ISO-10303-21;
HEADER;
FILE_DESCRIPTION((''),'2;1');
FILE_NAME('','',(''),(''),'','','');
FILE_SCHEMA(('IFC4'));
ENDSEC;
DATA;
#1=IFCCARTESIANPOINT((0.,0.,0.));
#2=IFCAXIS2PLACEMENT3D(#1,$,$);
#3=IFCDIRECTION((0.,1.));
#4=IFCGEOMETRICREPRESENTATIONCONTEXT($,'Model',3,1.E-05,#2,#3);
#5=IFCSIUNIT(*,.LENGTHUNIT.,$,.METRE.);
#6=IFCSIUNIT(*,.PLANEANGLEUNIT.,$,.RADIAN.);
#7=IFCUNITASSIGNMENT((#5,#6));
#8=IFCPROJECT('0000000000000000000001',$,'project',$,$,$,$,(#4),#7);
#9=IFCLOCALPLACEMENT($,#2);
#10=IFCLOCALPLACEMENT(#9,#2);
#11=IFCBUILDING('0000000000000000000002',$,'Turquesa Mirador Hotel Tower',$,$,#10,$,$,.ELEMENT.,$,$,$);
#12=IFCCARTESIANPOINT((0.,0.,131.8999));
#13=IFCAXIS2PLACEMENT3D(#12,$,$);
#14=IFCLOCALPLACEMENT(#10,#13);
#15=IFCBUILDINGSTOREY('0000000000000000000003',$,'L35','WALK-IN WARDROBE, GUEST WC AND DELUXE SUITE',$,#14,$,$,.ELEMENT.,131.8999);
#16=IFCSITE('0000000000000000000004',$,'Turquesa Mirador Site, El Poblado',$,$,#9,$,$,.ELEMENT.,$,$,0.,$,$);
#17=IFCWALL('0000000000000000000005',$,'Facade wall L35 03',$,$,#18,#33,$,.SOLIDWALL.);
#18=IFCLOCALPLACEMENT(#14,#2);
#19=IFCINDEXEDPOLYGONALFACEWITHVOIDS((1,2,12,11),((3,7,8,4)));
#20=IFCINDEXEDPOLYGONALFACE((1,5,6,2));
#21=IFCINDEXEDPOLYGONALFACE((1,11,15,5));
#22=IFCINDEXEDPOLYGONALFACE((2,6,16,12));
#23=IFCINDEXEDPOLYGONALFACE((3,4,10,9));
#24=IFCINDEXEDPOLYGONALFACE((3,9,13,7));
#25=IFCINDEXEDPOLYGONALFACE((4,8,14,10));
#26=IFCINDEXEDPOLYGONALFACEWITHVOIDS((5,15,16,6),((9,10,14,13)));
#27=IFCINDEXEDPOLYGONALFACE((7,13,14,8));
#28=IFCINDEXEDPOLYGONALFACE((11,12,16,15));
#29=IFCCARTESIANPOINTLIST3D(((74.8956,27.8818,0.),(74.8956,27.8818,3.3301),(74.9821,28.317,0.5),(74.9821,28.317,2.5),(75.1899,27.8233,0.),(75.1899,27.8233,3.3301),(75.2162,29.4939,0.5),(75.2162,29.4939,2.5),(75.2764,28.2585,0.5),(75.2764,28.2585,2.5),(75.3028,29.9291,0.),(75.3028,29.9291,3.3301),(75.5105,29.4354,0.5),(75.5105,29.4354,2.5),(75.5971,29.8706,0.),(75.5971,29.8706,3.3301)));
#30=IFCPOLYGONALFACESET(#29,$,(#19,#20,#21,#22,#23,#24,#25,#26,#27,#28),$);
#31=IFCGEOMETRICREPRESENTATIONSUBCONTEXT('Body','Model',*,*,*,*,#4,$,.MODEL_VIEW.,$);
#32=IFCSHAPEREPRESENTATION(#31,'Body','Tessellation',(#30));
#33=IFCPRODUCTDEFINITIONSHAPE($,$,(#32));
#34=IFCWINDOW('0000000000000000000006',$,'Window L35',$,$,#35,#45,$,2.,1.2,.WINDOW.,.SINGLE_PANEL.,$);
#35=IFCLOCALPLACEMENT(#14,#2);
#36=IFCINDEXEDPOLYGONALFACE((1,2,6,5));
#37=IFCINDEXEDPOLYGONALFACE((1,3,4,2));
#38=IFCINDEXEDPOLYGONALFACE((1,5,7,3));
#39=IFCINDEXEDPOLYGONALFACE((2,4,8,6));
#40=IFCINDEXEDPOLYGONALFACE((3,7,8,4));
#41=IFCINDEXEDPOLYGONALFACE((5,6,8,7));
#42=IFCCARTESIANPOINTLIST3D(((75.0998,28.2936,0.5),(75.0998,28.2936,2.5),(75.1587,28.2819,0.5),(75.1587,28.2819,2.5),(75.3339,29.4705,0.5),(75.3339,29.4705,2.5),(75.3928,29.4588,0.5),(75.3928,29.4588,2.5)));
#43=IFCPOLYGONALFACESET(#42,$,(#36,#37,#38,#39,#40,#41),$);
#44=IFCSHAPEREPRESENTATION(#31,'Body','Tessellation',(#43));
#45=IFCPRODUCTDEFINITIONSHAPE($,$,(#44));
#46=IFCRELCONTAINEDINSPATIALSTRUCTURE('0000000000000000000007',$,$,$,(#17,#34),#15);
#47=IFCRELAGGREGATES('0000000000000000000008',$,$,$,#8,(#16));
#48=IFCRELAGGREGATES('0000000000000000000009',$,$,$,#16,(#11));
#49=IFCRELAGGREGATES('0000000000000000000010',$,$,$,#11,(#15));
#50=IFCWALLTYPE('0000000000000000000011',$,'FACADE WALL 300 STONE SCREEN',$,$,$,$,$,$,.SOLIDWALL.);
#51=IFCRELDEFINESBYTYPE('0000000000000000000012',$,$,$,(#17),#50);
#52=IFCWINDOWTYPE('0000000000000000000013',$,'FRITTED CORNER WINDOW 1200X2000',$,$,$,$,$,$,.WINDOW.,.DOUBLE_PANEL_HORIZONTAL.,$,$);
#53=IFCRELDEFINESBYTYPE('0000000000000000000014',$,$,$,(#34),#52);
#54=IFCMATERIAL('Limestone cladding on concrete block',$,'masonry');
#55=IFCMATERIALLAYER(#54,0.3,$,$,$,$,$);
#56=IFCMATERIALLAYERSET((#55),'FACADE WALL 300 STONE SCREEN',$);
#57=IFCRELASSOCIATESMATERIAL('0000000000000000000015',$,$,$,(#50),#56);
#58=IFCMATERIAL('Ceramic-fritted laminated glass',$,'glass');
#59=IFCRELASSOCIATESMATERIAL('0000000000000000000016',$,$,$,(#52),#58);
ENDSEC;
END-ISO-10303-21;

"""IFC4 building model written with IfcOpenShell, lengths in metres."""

from ifc_helpers import new_model, si_unit, direction, frame, frame_2d, origin, place, context, subcontext, project, spatial, rectangle, extrude, material, layer, layer_set, type_object, element, fill, save


model = new_model("IFC4")

# Units and contexts
model_context = context("Model", 3, precision=1e-05, world=origin(), true_north=direction((0.0, 1.0)))
body_context = subcontext(model_context, "Body", "Model", "MODEL_VIEW")
ifc_project = project(units=[si_unit("LENGTHUNIT", "METRE"), si_unit("PLANEANGLEUNIT", "RADIAN")], contexts=[model_context])

# Site, building, storey
site_placement = place(None, origin())
site = spatial("IfcSite", under=ifc_project, at=site_placement, Name="Turquesa Mirador Site, El Poblado", CompositionType="ELEMENT", RefElevation=0.0)
building_placement = place(site_placement, origin())
building = spatial("IfcBuilding", under=site, at=building_placement, Name="Turquesa Mirador Hotel Tower", CompositionType="ELEMENT")
storey_placement = place(building_placement, frame((0.0, 0.0, 131.8999)))
storey = spatial("IfcBuildingStorey", under=building, at=storey_placement, Name="L35", Description="WALK-IN WARDROBE, GUEST WC AND DELUXE SUITE", CompositionType="ELEMENT", Elevation=131.8999)

# Wall, opening, window
ifc_material_1 = material(Name="Limestone cladding on concrete block", Category="masonry")
ifc_layer = layer(ifc_material_1, 0.3)
ifc_layer_set = layer_set([ifc_layer], Name="FACADE WALL 300 STONE SCREEN")
wall_type = type_object("IfcWallType", Name="FACADE WALL 300 STONE SCREEN", PredefinedType="SOLIDWALL", material=ifc_layer_set)
ifc_material_2 = material(Name="Ceramic-fritted laminated glass", Category="glass")
window_type_1 = type_object("IfcWindowType", Name="FRITTED CORNER WINDOW 1200X2000", PartitioningType="DOUBLE_PANEL_HORIZONTAL", PredefinedType="WINDOW", material=ifc_material_2)
wall_1_placement = place(storey_placement, frame((75.0427, 27.8525, 0.0), z_axis=(0.0, 0.0, 1.0), x_axis=(0.195081, 0.980787, 0.0)))
wall_1 = element("IfcWall", 1, at=wall_1_placement, inside=storey, type_object=wall_type, Name="Facade wall L35 03", PredefinedType="SOLIDWALL", context=body_context, shape_type="SweptSolid", body=[
    extrude(rectangle(XDim=2.0874, YDim=0.3, at=frame_2d((1.0437, 0.0))), origin(), (0.0, 0.0, 1.0), 3.3301),
])
opening_1_placement = place(wall_1_placement, frame((0.4436, 0.0, 0.5)))
opening_1 = element("IfcOpeningElement", 2, at=opening_1_placement, cuts=wall_1, PredefinedType="OPENING", context=body_context, shape_type="SweptSolid", body=[
    extrude(rectangle(XDim=1.2, YDim=2.0, at=frame_2d((0.6001, 1.0))), frame((0.0, 0.1599, 0.0), z_axis=(0.0, -1.0, 0.0), x_axis=(1.0, 0.0, 0.0)), (0.0, 0.0, 1.0), 0.3201),
])
window_1_placement = place(opening_1_placement, origin())
window_1 = element("IfcWindow", 3, at=window_1_placement, inside=storey, type_object=window_type_1, Name="Window L35", OverallHeight=2.0, OverallWidth=1.2, PartitioningType="SINGLE_PANEL", PredefinedType="WINDOW", context=body_context, shape_type="SweptSolid", body=[
    extrude(rectangle(XDim=1.2, YDim=2.0, at=frame_2d((0.6001, 1.0))), frame((0.0, 0.03, 0.0), z_axis=(0.0, -1.0, 0.0), x_axis=(1.0, 0.0, 0.0)), (0.0, 0.0, 1.0), 0.0601),
])
fill(opening_1, window_1)

save(model, "model.ifc")
